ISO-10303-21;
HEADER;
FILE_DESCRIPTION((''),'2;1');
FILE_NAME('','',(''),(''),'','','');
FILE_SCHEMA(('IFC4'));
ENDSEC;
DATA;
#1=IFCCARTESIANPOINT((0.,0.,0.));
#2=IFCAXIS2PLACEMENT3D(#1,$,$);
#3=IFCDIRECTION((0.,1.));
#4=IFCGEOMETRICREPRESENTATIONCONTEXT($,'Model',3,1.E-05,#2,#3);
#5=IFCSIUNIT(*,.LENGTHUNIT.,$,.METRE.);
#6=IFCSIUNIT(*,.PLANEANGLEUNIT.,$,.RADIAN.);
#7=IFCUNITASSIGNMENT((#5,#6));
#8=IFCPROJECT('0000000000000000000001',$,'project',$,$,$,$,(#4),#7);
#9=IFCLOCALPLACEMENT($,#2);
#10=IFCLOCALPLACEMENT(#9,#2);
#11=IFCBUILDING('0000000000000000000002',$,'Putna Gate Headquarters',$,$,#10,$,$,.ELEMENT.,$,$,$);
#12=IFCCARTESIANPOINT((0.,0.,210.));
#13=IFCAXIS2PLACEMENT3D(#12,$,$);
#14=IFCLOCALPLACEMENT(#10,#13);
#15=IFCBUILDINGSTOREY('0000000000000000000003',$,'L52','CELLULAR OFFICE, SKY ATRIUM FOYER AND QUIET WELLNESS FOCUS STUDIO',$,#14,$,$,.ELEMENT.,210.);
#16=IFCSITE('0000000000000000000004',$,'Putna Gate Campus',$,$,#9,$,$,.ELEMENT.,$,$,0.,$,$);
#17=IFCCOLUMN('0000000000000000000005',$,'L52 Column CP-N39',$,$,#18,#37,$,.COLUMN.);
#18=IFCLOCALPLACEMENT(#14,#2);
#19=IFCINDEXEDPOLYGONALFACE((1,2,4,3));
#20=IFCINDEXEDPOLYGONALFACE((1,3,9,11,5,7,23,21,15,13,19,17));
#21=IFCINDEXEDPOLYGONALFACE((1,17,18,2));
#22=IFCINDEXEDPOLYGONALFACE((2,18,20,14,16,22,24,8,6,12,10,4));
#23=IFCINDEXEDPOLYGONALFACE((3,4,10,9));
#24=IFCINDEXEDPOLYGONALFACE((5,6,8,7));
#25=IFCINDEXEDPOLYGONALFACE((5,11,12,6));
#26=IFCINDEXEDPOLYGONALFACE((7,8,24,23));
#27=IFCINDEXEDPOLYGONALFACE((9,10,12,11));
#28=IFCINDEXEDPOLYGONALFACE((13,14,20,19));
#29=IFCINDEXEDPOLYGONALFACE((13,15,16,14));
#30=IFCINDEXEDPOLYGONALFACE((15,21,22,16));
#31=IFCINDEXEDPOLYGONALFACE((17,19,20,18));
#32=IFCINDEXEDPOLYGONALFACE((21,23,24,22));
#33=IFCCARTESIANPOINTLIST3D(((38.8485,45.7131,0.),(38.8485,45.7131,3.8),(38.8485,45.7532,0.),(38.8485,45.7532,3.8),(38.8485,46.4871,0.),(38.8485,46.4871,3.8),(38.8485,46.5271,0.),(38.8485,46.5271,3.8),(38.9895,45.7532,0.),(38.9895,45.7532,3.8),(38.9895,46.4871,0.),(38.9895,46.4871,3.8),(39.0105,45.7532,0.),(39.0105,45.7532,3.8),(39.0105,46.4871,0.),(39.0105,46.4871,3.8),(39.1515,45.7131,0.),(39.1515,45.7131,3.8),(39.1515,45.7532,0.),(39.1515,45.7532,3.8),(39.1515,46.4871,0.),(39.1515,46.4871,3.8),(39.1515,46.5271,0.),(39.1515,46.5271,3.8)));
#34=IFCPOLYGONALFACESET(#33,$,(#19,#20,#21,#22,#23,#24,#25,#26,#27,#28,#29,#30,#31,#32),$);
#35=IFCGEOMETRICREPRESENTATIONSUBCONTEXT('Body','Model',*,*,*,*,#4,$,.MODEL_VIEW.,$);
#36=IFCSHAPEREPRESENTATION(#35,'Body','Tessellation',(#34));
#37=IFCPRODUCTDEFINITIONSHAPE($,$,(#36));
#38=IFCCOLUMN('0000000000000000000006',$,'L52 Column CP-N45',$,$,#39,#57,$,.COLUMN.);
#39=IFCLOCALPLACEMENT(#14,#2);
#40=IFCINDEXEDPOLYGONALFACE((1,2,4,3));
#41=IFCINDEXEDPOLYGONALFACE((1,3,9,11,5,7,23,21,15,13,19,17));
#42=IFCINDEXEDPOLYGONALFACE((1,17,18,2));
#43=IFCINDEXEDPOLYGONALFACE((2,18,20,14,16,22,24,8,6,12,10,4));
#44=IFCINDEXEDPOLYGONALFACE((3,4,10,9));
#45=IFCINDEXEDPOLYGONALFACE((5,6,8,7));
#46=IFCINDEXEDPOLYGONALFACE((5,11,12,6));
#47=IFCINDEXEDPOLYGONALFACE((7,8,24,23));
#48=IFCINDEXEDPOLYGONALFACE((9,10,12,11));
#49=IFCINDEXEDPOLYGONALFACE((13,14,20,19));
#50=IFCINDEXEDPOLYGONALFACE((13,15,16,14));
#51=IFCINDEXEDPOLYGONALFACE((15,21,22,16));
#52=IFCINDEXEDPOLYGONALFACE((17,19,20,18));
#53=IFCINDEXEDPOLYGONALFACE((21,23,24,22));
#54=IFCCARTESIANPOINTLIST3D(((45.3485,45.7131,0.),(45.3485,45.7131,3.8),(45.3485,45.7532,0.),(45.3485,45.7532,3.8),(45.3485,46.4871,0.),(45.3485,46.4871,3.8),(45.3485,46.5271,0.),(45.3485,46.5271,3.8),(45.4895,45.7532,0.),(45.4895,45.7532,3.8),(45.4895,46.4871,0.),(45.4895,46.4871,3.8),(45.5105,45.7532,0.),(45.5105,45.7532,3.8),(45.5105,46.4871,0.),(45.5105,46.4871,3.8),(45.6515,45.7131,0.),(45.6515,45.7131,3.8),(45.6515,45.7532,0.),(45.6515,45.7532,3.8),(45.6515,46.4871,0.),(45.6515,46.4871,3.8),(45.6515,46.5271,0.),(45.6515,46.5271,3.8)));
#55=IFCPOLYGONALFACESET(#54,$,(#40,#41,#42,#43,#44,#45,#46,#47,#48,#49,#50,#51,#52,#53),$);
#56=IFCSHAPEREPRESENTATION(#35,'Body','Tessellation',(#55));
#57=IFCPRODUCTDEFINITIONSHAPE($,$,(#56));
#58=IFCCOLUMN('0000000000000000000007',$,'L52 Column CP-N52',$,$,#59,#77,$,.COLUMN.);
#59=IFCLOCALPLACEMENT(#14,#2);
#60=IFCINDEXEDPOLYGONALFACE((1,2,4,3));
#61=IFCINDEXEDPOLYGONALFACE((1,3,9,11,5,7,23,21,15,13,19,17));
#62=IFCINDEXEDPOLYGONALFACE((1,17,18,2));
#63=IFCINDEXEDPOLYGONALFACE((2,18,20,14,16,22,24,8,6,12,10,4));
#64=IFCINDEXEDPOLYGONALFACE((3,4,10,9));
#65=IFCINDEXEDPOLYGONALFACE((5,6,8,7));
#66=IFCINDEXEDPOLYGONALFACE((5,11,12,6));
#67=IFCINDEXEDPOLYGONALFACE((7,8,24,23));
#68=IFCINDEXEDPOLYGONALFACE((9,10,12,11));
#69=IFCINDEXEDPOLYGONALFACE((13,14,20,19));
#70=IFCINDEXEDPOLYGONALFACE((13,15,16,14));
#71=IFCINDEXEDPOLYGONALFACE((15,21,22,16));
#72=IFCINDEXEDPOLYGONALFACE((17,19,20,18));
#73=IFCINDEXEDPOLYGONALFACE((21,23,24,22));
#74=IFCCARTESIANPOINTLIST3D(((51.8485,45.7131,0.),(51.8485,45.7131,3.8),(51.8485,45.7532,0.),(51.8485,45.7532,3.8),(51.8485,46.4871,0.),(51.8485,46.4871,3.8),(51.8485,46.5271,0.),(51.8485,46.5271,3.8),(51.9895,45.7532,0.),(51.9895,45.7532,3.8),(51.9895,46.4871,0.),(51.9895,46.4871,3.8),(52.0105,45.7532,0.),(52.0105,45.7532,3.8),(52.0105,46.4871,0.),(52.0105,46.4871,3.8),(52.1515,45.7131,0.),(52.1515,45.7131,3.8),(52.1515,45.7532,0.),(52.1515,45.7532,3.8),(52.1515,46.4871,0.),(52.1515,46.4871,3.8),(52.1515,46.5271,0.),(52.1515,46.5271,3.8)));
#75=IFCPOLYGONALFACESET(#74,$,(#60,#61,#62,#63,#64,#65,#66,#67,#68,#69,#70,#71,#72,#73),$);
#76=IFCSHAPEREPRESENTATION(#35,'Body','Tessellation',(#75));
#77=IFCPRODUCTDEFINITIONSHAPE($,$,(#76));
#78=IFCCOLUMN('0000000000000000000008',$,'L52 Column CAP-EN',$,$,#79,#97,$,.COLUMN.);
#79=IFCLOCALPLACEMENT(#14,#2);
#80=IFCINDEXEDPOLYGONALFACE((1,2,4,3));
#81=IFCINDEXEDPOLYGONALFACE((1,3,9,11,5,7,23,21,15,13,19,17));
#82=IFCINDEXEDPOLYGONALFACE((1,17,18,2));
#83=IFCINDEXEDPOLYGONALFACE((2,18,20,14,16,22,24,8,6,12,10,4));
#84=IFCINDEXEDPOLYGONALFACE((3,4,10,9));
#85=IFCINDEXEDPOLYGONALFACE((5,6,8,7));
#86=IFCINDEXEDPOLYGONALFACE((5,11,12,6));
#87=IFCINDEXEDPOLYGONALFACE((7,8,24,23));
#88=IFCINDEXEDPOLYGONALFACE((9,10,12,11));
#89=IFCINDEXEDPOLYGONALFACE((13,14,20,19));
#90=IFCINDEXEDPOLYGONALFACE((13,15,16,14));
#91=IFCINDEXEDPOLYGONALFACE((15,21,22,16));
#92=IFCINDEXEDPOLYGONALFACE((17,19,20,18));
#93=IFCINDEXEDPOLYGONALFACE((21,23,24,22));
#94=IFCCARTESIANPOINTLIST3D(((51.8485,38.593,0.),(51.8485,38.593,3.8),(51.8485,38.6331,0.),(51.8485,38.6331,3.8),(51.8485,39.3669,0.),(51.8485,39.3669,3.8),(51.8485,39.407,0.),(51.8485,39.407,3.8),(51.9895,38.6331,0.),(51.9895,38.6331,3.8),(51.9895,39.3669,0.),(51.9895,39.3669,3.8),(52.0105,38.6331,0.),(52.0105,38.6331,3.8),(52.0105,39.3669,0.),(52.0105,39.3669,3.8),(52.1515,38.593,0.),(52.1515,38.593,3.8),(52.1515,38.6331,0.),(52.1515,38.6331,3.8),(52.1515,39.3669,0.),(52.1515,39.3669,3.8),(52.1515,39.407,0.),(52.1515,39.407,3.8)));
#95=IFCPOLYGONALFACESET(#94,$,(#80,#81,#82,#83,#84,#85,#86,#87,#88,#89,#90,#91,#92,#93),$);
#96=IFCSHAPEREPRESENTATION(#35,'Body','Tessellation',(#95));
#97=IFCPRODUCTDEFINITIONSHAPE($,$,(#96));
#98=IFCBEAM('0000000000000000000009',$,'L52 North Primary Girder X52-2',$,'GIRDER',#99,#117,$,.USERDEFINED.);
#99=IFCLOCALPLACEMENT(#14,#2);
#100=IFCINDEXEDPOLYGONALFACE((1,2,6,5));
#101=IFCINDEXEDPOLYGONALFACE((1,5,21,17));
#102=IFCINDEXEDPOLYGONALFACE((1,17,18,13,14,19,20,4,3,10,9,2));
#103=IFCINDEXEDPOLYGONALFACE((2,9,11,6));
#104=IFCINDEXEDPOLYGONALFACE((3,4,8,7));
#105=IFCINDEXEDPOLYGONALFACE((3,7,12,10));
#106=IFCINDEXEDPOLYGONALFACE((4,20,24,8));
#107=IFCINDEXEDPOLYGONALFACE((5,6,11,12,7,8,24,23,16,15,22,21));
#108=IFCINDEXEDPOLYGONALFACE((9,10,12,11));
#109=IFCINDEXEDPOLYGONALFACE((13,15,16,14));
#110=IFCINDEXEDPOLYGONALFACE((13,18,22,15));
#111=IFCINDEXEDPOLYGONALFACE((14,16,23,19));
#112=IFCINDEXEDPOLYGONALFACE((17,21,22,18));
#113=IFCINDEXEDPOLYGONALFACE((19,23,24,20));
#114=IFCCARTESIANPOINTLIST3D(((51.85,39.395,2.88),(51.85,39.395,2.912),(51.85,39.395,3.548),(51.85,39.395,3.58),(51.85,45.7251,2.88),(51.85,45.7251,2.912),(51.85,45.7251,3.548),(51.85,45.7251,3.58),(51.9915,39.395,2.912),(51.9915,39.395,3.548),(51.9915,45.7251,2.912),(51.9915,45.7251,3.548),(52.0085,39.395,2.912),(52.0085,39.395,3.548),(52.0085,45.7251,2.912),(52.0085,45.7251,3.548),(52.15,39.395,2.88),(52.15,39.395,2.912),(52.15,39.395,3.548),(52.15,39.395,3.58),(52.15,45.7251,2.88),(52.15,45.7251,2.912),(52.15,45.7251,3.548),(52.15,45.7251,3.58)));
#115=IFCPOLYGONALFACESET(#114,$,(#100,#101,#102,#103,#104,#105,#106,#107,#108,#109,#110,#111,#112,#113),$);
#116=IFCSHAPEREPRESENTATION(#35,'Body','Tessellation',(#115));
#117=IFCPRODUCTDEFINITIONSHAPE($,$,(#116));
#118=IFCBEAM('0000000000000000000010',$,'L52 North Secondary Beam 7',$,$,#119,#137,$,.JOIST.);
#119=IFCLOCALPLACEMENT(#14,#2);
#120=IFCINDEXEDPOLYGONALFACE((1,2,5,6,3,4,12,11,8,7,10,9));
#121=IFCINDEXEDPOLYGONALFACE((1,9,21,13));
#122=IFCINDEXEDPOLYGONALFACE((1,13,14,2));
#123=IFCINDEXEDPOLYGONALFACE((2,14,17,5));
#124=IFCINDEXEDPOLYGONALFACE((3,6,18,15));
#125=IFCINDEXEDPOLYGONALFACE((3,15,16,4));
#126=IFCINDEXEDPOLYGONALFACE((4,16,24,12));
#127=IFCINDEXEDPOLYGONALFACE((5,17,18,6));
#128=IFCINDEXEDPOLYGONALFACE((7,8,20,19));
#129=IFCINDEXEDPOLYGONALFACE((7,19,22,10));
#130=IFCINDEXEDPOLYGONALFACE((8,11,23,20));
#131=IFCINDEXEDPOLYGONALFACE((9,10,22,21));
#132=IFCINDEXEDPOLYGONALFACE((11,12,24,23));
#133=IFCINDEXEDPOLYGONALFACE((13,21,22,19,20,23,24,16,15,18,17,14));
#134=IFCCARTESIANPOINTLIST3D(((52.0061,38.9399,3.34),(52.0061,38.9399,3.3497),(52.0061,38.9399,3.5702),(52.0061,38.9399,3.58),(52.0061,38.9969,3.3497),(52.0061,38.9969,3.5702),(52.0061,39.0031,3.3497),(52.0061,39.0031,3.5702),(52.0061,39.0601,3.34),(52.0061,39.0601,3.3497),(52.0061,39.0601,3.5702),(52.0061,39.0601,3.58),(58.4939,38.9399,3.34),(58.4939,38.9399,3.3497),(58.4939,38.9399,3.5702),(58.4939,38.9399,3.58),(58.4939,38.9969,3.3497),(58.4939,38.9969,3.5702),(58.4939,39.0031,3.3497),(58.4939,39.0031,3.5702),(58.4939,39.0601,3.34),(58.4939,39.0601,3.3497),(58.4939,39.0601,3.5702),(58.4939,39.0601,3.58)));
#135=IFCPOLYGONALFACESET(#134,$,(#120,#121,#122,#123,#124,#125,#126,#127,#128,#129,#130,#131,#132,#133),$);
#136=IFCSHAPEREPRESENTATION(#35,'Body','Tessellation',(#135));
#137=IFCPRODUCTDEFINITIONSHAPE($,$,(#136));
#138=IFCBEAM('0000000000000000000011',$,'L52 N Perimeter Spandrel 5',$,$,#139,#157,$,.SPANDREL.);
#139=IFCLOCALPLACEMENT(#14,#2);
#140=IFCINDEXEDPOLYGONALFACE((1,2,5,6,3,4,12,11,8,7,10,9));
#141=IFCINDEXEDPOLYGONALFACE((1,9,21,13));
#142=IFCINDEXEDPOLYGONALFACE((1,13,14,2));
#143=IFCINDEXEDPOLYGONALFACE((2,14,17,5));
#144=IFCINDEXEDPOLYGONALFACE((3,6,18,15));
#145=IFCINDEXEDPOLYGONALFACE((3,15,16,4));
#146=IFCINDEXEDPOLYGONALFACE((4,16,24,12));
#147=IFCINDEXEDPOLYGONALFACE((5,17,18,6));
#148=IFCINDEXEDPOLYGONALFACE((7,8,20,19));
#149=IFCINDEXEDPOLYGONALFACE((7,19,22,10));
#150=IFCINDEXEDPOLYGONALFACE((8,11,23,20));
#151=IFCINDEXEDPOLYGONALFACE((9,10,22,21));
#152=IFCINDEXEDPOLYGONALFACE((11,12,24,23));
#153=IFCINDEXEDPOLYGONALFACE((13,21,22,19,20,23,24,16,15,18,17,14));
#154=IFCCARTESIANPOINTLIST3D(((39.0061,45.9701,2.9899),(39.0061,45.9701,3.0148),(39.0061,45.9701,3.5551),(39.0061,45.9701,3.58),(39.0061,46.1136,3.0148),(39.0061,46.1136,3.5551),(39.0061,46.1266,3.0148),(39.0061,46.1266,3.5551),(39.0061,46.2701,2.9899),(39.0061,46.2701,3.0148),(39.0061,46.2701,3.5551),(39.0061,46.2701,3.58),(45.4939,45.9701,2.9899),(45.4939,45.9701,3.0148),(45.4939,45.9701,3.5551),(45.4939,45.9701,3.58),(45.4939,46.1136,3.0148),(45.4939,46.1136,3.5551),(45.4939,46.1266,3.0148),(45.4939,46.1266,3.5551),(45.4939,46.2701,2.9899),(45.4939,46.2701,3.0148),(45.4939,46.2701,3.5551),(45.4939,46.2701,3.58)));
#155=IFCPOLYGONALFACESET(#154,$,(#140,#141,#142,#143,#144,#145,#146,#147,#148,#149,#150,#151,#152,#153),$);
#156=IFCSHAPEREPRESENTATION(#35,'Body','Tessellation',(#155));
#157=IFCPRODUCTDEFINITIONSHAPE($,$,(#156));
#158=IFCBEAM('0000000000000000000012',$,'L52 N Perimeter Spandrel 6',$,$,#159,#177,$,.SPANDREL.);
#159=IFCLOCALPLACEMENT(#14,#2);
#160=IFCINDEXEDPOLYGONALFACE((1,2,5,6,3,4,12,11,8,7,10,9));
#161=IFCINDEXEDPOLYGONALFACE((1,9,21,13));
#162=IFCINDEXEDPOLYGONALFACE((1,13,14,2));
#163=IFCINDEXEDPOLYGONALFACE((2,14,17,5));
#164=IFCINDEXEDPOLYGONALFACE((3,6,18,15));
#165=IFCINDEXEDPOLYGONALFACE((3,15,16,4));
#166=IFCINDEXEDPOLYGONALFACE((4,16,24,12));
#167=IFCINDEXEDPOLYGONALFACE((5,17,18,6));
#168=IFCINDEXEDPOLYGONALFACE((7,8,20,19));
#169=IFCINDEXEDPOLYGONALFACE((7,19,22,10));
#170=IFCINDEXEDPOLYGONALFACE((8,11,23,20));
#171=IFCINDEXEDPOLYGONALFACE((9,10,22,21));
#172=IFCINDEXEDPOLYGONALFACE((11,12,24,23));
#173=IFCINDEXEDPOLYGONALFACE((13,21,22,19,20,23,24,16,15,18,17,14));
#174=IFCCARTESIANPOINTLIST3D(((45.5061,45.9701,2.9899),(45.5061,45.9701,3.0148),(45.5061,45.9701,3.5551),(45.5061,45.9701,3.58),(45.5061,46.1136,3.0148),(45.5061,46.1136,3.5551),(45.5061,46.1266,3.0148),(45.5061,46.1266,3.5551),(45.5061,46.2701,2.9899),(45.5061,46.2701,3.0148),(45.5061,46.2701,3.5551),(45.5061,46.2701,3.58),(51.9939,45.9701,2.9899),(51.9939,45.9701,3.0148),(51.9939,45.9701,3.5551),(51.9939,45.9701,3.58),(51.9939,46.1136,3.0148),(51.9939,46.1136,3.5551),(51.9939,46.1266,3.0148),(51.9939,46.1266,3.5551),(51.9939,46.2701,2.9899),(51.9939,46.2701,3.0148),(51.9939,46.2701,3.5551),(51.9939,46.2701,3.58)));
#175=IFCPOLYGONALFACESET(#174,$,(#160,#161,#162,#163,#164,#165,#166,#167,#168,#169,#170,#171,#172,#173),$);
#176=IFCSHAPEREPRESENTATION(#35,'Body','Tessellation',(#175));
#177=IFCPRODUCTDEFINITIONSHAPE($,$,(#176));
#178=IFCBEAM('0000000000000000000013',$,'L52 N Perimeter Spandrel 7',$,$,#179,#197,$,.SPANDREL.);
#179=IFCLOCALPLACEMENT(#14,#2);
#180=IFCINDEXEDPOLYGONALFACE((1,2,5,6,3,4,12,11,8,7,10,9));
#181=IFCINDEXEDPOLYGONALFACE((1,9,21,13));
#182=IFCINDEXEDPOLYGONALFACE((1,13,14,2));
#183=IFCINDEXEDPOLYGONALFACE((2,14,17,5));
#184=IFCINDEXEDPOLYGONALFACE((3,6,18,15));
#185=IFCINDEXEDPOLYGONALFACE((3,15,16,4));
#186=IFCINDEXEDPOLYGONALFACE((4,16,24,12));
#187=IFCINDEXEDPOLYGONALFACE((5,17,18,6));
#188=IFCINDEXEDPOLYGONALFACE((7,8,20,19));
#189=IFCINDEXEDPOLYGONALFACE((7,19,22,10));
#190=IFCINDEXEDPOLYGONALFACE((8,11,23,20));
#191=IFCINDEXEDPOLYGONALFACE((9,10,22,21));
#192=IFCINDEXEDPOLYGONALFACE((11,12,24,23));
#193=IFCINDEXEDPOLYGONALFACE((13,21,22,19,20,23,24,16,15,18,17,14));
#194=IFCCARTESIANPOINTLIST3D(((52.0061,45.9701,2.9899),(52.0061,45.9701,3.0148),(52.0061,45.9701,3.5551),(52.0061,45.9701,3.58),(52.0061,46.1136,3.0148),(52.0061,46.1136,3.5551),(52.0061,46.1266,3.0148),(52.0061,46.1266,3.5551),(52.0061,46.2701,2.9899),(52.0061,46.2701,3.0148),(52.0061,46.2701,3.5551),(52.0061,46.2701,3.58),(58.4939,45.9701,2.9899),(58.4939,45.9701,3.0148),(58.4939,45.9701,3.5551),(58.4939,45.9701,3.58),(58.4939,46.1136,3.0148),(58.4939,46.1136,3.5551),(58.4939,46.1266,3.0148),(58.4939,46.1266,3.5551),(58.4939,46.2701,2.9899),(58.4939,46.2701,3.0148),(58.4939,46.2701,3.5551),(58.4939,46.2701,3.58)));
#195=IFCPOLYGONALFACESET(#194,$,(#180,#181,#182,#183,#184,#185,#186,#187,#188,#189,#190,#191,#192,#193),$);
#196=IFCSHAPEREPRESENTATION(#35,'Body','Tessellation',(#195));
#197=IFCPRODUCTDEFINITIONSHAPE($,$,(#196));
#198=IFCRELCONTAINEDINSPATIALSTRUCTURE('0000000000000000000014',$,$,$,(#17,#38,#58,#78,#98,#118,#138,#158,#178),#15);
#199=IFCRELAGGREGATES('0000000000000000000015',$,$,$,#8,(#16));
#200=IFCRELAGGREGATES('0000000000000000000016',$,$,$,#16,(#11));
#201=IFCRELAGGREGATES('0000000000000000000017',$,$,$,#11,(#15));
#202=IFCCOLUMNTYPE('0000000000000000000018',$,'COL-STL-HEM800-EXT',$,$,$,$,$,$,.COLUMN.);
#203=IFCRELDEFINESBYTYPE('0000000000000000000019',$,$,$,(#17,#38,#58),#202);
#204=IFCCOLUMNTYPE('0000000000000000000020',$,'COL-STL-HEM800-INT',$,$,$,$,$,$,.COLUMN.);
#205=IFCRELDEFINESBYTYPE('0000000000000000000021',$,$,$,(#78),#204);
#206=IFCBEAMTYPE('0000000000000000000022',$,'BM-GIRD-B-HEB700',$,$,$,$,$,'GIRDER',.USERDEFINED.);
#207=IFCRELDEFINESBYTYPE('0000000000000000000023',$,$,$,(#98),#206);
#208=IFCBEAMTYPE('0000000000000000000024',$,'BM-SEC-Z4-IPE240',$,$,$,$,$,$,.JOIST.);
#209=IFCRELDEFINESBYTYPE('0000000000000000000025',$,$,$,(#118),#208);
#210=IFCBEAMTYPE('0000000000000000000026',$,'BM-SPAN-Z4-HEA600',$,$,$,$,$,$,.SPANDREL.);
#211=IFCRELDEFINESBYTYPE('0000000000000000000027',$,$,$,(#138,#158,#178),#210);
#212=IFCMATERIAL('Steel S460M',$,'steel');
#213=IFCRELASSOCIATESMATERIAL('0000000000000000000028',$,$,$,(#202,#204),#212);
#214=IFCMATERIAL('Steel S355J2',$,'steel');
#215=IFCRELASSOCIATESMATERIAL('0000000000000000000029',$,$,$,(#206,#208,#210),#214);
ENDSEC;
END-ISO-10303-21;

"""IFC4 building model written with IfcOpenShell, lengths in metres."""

from ifc_helpers import new_model, si_unit, direction, frame, origin, origin_2d, place, context, subcontext, project, spatial, i_section, extrude, material, material_profile, profile_set, type_object, element, save


model = new_model("IFC4")

# Units and contexts
model_context = context("Model", 3, precision=1e-05, world=origin(), true_north=direction((0.0, 1.0)))
body_context = subcontext(model_context, "Body", "Model", "MODEL_VIEW")
ifc_project = project(units=[si_unit("LENGTHUNIT", "METRE"), si_unit("PLANEANGLEUNIT", "RADIAN")], contexts=[model_context])

# Site, building, storey
site_placement = place(None, origin())
site = spatial("IfcSite", under=ifc_project, at=site_placement, Name="Putna Gate Campus", CompositionType="ELEMENT", RefElevation=0.0)
building_placement = place(site_placement, origin())
building = spatial("IfcBuilding", under=site, at=building_placement, Name="Putna Gate Headquarters", CompositionType="ELEMENT")
storey_placement = place(building_placement, frame((0.0, 0.0, 210.0)))
storey = spatial("IfcBuildingStorey", under=building, at=storey_placement, Name="L52", Description="CELLULAR OFFICE, SKY ATRIUM FOYER AND QUIET WELLNESS FOCUS STUDIO", CompositionType="ELEMENT", Elevation=210.0)

# Columns
ifc_material_1 = material(Name="Steel S460M", Category="steel")
ifc_material_profile_1 = material_profile(ifc_material_1, i_section(OverallWidth=0.303, OverallDepth=0.814, WebThickness=0.021, FlangeThickness=0.04, at=origin_2d()), Name="Steel S460M")
ifc_profile_set_1 = profile_set([ifc_material_profile_1], Name="Steel S460M")
column_type_1 = type_object("IfcColumnType", Name="COL-STL-HEM800-EXT", PredefinedType="COLUMN", material=ifc_profile_set_1)
for number, where, z_axis, x_axis, name in (
    (1, (39.0, 46.1201, 0.0), (0.0, 0.0, 1.0), (1.0, 0.0, 0.0), "L52 Column CP-N39"),
    (2, (45.5, 46.1201, 0.0), (0.0, 0.0, 1.0), (1.0, 0.0, 0.0), "L52 Column CP-N45"),
    (3, (52.0, 46.1201, 0.0), (0.0, 0.0, 1.0), (1.0, 0.0, 0.0), "L52 Column CP-N52"),
):
    element("IfcColumn", number, at=place(storey_placement, frame(where, z_axis=z_axis, x_axis=x_axis)), inside=storey, type_object=column_type_1, Name=name, PredefinedType="COLUMN", context=body_context, shape_type="SweptSolid", body=[
        extrude(i_section(OverallWidth=0.303, OverallDepth=0.814, WebThickness=0.021, FlangeThickness=0.04, at=origin_2d()), origin(), (0.0, 0.0, 1.0), 3.8),
    ])
ifc_material_profile_2 = material_profile(ifc_material_1, i_section(OverallWidth=0.303, OverallDepth=0.814, WebThickness=0.021, FlangeThickness=0.04, at=origin_2d()), Name="Steel S460M")
ifc_profile_set_2 = profile_set([ifc_material_profile_2], Name="Steel S460M")
column_type_2 = type_object("IfcColumnType", Name="COL-STL-HEM800-INT", PredefinedType="COLUMN", material=ifc_profile_set_2)
column_placement = place(storey_placement, frame((52.0, 39.0, 0.0), z_axis=(0.0, 0.0, 1.0), x_axis=(1.0, 0.0, 0.0)))
element("IfcColumn", 4, at=column_placement, inside=storey, type_object=column_type_2, Name="L52 Column CAP-EN", PredefinedType="COLUMN", context=body_context, shape_type="SweptSolid", body=[
    extrude(i_section(OverallWidth=0.303, OverallDepth=0.814, WebThickness=0.021, FlangeThickness=0.04, at=origin_2d()), origin(), (0.0, 0.0, 1.0), 3.8),
])

# Beams
ifc_material_2 = material(Name="Steel S355J2", Category="steel")
ifc_material_profile_3 = material_profile(ifc_material_2, i_section(OverallWidth=0.3, OverallDepth=0.7, WebThickness=0.0171, FlangeThickness=0.032, at=origin_2d()), Name="Steel S355J2")
ifc_profile_set_3 = profile_set([ifc_material_profile_3], Name="Steel S355J2")
beam_type_1 = type_object("IfcBeamType", Name="BM-GIRD-B-HEB700", ElementType="GIRDER", PredefinedType="USERDEFINED", material=ifc_profile_set_3)
beam_1_placement = place(storey_placement, frame((52.0, 39.395, 3.23), z_axis=(0.0, 1.0, 0.0), x_axis=(-1.0, 0.0, 0.0)))
element("IfcBeam", 5, at=beam_1_placement, inside=storey, type_object=beam_type_1, Name="L52 North Primary Girder X52-2", ObjectType="GIRDER", PredefinedType="USERDEFINED", context=body_context, shape_type="SweptSolid", body=[
    extrude(i_section(OverallWidth=0.3, OverallDepth=0.7, WebThickness=0.0171, FlangeThickness=0.032, at=origin_2d()), origin(), (0.0, 0.0, 1.0), 6.3301),
])
ifc_material_profile_4 = material_profile(ifc_material_2, i_section(OverallWidth=0.1201, OverallDepth=0.24, WebThickness=0.0061, FlangeThickness=0.0098, at=origin_2d()), Name="Steel S355J2")
ifc_profile_set_4 = profile_set([ifc_material_profile_4], Name="Steel S355J2")
beam_type_2 = type_object("IfcBeamType", Name="BM-SEC-Z4-IPE240", PredefinedType="JOIST", material=ifc_profile_set_4)
beam_2_placement = place(storey_placement, frame((52.0061, 39.0, 3.46), z_axis=(1.0, 0.0, 0.0), x_axis=(0.0, 1.0, 0.0)))
element("IfcBeam", 6, at=beam_2_placement, inside=storey, type_object=beam_type_2, Name="L52 North Secondary Beam 7", PredefinedType="JOIST", context=body_context, shape_type="SweptSolid", body=[
    extrude(i_section(OverallWidth=0.1201, OverallDepth=0.24, WebThickness=0.0061, FlangeThickness=0.0098, at=origin_2d()), origin(), (0.0, 0.0, 1.0), 6.4878),
])
ifc_material_profile_5 = material_profile(ifc_material_2, i_section(OverallWidth=0.3, OverallDepth=0.5901, WebThickness=0.0129, FlangeThickness=0.0249, at=origin_2d()), Name="Steel S355J2")
ifc_profile_set_5 = profile_set([ifc_material_profile_5], Name="Steel S355J2")
beam_type_3 = type_object("IfcBeamType", Name="BM-SPAN-Z4-HEA600", PredefinedType="SPANDREL", material=ifc_profile_set_5)
for number, where, z_axis, x_axis, name in (
    (7, (39.0061, 46.1201, 3.2849), (1.0, 0.0, 0.0), (0.0, 1.0, 0.0), "L52 N Perimeter Spandrel 5"),
    (8, (45.5061, 46.1201, 3.2849), (1.0, 0.0, 0.0), (0.0, 1.0, 0.0), "L52 N Perimeter Spandrel 6"),
    (9, (52.0061, 46.1201, 3.2849), (1.0, 0.0, 0.0), (0.0, 1.0, 0.0), "L52 N Perimeter Spandrel 7"),
):
    element("IfcBeam", number, at=place(storey_placement, frame(where, z_axis=z_axis, x_axis=x_axis)), inside=storey, type_object=beam_type_3, Name=name, PredefinedType="SPANDREL", context=body_context, shape_type="SweptSolid", body=[
        extrude(i_section(OverallWidth=0.3, OverallDepth=0.5901, WebThickness=0.0129, FlangeThickness=0.0249, at=origin_2d()), origin(), (0.0, 0.0, 1.0), 6.4878),
    ])

save(model, "model.ifc")
